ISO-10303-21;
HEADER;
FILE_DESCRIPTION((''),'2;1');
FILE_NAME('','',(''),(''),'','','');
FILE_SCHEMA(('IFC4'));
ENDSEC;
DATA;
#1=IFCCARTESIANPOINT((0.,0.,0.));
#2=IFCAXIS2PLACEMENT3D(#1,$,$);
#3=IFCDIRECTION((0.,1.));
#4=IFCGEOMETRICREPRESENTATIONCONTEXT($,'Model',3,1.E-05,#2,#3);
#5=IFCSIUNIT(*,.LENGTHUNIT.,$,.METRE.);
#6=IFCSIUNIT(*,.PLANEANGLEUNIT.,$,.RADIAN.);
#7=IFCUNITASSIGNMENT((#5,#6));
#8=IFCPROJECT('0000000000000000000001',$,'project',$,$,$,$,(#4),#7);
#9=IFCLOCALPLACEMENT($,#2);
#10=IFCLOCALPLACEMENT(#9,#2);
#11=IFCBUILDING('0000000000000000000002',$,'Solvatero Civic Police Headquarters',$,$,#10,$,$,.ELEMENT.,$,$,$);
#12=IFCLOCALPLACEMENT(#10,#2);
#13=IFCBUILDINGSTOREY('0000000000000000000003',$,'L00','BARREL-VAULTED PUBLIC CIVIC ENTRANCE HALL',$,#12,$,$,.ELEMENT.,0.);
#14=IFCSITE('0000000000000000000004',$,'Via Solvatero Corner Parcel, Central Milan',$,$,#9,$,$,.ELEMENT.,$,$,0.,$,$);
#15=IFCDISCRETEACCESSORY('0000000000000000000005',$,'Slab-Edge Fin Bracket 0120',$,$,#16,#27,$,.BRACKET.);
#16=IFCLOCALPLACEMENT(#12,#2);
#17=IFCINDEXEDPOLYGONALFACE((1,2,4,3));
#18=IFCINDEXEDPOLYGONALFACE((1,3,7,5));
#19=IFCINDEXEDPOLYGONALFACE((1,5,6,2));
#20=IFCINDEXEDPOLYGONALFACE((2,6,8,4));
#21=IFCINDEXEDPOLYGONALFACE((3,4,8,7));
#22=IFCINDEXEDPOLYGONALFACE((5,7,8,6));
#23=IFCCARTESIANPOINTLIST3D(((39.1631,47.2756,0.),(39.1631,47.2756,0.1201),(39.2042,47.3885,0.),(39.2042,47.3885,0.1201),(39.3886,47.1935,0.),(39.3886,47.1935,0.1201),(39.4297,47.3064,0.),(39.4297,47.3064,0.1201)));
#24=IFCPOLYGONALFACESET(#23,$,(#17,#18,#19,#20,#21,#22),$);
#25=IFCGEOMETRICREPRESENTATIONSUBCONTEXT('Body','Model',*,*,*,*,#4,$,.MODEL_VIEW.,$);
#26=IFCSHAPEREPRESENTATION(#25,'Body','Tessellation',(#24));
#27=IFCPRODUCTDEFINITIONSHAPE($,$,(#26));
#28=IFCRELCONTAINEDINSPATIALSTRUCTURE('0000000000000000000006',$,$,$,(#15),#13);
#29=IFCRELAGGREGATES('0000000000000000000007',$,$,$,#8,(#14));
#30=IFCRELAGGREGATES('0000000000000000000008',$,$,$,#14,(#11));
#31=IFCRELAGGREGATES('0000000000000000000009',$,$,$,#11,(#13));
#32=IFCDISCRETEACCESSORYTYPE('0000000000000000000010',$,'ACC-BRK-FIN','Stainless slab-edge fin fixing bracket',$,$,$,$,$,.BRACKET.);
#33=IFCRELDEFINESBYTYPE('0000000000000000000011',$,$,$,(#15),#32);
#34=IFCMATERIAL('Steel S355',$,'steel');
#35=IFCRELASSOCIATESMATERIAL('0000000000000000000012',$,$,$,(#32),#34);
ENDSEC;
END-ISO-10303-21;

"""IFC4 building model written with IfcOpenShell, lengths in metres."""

from ifc_helpers import new_model, si_unit, direction, frame, origin, origin_2d, place, context, subcontext, project, spatial, rectangle, extrude, material, type_object, element, save


model = new_model("IFC4")

# Units and contexts
model_context = context("Model", 3, precision=1e-05, world=origin(), true_north=direction((0.0, 1.0)))
body_context = subcontext(model_context, "Body", "Model", "MODEL_VIEW")
ifc_project = project(units=[si_unit("LENGTHUNIT", "METRE"), si_unit("PLANEANGLEUNIT", "RADIAN")], contexts=[model_context])

# Site, building, storey
site_placement = place(None, origin())
site = spatial("IfcSite", under=ifc_project, at=site_placement, Name="Via Solvatero Corner Parcel, Central Milan", CompositionType="ELEMENT", RefElevation=0.0)
building_placement = place(site_placement, origin())
building = spatial("IfcBuilding", under=site, at=building_placement, Name="Solvatero Civic Police Headquarters", CompositionType="ELEMENT")
storey_placement = place(building_placement, origin())
storey = spatial("IfcBuildingStorey", under=building, at=storey_placement, Name="L00", Description="BARREL-VAULTED PUBLIC CIVIC ENTRANCE HALL", CompositionType="ELEMENT", Elevation=0.0)

# Discrete accessory
ifc_material_1 = material(Name="Steel S355", Category="steel")
discrete_accessory_type = type_object("IfcDiscreteAccessoryType", Name="ACC-BRK-FIN", Description="Stainless slab-edge fin fixing bracket", PredefinedType="BRACKET", material=ifc_material_1)
for number, where, z_axis, x_axis, name in (
    (1, (39.2964, 47.291, 0.0), (0.0, 0.0, 1.0), (-0.342004, -0.939699, 0.0), "Slab-Edge Fin Bracket 0120"),
):
    element("IfcDiscreteAccessory", number, at=place(storey_placement, frame(where, z_axis=z_axis, x_axis=x_axis)), inside=storey, type_object=discrete_accessory_type, Name=name, PredefinedType="BRACKET", context=body_context, shape_type="SweptSolid", body=[
        extrude(rectangle(XDim=0.1201, YDim=0.24, at=origin_2d()), origin(), (0.0, 0.0, 1.0), 0.1201),
    ])

save(model, "model.ifc")
